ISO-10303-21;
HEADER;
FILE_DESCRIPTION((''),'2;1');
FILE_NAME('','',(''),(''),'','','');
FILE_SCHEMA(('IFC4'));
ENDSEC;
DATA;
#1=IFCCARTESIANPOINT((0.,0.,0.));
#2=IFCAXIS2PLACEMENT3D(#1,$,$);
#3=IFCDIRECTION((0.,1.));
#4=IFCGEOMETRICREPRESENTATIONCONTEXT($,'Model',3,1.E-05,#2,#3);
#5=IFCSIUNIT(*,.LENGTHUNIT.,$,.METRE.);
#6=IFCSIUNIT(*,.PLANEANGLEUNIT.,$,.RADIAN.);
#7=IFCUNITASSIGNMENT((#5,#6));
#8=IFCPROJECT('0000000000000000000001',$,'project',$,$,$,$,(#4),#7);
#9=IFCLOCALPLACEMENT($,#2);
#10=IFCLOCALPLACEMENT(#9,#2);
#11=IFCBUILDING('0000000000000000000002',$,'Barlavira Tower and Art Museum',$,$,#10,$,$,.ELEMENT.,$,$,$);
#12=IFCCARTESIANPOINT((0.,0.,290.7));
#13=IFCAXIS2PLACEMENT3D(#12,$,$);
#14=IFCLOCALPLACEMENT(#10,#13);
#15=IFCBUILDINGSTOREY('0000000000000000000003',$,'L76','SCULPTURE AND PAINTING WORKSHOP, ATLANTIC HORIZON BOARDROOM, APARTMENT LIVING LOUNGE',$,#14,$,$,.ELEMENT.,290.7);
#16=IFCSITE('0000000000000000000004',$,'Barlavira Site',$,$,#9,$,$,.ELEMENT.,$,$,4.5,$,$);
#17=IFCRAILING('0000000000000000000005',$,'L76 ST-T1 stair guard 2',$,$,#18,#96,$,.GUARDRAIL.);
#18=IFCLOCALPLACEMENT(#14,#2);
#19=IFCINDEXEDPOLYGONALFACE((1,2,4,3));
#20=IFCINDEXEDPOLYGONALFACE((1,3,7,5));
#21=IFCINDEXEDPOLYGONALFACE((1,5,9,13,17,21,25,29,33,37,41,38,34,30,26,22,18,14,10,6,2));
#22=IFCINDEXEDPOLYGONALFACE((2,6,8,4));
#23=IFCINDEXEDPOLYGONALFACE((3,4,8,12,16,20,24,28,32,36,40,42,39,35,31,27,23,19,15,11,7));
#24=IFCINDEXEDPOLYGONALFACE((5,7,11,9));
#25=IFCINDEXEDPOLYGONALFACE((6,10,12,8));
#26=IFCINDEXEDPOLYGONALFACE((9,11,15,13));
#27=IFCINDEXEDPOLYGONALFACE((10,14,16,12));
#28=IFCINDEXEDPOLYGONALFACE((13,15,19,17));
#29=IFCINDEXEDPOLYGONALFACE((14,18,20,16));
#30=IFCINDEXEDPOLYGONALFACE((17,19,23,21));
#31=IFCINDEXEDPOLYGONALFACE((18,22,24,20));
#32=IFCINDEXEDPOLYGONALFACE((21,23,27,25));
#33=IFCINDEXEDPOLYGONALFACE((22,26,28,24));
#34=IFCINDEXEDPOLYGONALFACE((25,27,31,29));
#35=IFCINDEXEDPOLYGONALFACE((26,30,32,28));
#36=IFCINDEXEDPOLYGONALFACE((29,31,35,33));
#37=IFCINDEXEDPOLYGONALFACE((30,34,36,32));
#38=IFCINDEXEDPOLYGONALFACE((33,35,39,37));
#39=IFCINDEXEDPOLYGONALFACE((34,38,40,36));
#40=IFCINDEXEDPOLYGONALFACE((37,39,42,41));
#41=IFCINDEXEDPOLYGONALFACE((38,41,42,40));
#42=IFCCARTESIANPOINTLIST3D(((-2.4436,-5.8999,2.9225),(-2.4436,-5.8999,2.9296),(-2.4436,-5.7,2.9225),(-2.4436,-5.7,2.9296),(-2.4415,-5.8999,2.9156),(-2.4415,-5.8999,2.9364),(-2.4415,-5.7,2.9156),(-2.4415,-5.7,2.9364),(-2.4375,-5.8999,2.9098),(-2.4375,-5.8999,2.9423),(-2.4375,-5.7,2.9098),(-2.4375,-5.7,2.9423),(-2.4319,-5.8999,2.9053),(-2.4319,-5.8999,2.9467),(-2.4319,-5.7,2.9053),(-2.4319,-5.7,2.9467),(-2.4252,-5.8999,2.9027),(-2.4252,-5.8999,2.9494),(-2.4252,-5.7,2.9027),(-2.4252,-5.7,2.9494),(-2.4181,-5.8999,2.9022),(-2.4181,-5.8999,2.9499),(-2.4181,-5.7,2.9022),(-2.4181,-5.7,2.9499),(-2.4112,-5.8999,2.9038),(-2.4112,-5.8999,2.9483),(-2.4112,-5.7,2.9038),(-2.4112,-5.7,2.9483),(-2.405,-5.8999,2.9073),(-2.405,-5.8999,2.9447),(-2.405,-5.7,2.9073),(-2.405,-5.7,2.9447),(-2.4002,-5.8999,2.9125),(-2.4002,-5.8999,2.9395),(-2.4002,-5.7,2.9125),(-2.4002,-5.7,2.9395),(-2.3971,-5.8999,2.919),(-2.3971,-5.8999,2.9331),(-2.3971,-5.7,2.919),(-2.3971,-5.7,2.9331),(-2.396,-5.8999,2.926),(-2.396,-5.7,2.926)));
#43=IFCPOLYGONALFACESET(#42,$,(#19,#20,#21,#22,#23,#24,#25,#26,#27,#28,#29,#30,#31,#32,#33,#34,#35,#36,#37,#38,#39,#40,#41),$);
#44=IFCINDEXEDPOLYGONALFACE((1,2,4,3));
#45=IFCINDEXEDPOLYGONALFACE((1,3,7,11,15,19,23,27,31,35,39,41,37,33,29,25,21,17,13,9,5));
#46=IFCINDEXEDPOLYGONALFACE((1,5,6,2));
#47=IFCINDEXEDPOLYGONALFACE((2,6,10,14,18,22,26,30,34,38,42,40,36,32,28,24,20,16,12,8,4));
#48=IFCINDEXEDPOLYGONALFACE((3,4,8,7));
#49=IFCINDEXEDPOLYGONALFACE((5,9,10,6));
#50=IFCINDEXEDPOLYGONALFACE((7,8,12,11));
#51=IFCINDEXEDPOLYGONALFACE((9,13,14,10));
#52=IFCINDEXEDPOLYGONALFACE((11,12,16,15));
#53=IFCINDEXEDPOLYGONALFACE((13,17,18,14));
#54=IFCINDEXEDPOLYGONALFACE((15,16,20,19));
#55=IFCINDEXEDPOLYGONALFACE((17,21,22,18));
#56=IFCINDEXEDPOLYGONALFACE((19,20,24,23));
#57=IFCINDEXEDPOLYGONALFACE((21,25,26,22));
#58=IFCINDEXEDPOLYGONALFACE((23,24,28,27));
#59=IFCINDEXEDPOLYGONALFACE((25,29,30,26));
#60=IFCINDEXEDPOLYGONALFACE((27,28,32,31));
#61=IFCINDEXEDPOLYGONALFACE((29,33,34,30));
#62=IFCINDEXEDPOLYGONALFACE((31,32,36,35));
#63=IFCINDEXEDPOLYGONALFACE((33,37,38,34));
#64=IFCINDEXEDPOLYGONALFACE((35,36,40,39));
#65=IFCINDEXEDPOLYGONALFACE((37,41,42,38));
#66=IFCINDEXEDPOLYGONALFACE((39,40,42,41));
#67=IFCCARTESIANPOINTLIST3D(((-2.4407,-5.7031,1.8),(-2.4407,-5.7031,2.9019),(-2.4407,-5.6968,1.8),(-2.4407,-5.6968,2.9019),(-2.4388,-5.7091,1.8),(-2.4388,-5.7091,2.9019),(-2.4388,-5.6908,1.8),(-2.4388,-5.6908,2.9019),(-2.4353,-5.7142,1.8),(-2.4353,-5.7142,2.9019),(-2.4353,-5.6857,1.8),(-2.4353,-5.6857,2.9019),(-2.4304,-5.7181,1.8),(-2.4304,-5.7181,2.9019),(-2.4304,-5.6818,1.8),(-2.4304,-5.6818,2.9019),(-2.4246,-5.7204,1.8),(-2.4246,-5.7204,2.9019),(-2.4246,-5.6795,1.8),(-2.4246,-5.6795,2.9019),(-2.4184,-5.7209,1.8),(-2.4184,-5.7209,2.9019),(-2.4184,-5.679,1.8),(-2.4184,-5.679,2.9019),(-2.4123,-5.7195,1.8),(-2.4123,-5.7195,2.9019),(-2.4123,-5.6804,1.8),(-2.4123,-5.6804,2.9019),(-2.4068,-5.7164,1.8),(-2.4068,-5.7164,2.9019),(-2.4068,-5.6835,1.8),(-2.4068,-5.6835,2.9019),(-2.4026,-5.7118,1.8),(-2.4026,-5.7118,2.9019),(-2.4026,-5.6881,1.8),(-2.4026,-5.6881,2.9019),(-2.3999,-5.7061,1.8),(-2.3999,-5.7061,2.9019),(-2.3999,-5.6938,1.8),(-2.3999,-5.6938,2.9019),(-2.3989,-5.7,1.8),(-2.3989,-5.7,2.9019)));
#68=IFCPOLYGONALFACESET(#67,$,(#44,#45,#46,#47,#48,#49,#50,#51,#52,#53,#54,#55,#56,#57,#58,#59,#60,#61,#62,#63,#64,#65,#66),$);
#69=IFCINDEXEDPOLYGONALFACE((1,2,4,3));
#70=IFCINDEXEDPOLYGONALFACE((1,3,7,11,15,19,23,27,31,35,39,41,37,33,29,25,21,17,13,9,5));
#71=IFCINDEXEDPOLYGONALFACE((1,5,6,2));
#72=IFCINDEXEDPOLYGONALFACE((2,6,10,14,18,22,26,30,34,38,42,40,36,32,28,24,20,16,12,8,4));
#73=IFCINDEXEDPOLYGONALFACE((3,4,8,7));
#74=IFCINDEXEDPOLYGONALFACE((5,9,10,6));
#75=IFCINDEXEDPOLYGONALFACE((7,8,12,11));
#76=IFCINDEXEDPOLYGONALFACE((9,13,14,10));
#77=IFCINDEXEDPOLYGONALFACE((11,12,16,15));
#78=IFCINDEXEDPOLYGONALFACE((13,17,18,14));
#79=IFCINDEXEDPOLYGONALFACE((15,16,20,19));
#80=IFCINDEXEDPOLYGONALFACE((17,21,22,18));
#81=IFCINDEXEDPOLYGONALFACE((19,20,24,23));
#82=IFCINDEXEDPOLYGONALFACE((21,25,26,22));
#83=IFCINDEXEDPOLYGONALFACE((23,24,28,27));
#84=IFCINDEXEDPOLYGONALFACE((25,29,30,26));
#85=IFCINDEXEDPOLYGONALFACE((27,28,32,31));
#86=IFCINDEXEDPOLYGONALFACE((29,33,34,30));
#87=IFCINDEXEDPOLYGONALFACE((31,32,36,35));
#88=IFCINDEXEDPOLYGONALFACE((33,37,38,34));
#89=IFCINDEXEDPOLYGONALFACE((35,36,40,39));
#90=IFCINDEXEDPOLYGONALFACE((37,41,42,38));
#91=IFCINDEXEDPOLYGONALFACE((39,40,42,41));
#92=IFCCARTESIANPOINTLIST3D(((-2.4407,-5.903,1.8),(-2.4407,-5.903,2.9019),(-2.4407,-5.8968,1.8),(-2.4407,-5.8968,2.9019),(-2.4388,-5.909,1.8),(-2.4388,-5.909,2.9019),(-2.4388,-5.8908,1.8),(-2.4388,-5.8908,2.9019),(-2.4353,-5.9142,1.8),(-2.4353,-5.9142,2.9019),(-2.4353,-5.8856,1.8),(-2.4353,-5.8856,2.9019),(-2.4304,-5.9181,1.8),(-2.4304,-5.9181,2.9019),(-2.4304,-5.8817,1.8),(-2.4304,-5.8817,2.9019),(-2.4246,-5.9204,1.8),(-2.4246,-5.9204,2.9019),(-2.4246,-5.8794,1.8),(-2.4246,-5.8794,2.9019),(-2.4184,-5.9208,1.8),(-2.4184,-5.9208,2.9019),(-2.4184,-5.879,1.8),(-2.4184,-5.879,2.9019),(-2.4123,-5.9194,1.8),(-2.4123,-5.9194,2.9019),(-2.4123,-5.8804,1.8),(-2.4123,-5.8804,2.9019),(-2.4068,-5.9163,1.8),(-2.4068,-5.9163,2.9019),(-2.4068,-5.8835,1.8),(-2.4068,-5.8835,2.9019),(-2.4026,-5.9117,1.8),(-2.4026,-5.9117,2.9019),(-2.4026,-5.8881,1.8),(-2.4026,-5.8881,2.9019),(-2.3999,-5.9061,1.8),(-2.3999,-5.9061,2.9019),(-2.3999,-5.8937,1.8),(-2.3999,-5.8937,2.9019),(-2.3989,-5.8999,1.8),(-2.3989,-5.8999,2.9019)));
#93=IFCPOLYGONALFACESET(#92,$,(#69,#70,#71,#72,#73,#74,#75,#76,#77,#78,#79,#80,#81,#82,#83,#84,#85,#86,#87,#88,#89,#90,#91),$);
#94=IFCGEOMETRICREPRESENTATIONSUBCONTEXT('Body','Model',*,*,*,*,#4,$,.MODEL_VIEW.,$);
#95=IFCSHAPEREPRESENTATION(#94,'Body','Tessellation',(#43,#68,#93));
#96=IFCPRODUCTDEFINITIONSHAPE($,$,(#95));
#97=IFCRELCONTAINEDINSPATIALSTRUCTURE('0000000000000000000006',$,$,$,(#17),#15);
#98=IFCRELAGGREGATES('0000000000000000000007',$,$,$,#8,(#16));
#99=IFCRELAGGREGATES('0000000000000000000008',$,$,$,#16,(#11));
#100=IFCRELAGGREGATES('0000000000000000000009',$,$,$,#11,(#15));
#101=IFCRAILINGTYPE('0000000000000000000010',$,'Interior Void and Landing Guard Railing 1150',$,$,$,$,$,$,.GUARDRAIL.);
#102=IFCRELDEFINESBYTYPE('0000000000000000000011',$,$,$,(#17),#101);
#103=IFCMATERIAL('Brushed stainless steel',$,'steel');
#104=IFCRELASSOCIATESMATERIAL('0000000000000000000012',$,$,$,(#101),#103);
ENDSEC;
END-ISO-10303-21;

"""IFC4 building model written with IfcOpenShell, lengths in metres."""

from ifc_helpers import new_model, si_unit, direction, frame, origin, origin_2d, place, context, subcontext, project, spatial, circle, extrude, material, type_object, element, save


model = new_model("IFC4")

# Units and contexts
model_context = context("Model", 3, precision=1e-05, world=origin(), true_north=direction((0.0, 1.0)))
body_context = subcontext(model_context, "Body", "Model", "MODEL_VIEW")
ifc_project = project(units=[si_unit("LENGTHUNIT", "METRE"), si_unit("PLANEANGLEUNIT", "RADIAN")], contexts=[model_context])

# Site, building, storey
site_placement = place(None, origin())
site = spatial("IfcSite", under=ifc_project, at=site_placement, Name="Barlavira Site", CompositionType="ELEMENT", RefElevation=4.5)
building_placement = place(site_placement, origin())
building = spatial("IfcBuilding", under=site, at=building_placement, Name="Barlavira Tower and Art Museum", CompositionType="ELEMENT")
storey_placement = place(building_placement, frame((0.0, 0.0, 290.7)))
storey = spatial("IfcBuildingStorey", under=building, at=storey_placement, Name="L76", Description="SCULPTURE AND PAINTING WORKSHOP, ATLANTIC HORIZON BOARDROOM, APARTMENT LIVING LOUNGE", CompositionType="ELEMENT", Elevation=290.7)

# Shared definitions
ifc_material_1 = material(Name="Brushed stainless steel", Category="steel")

# Railing
railing_type_1 = type_object("IfcRailingType", Name="Interior Void and Landing Guard Railing 1150", PredefinedType="GUARDRAIL", material=ifc_material_1)
railing_1_placement = place(storey_placement, frame((-2.4199, -5.7, 1.8)))
element("IfcRailing", 1, at=railing_1_placement, inside=storey, type_object=railing_type_1, Name="L76 ST-T1 stair guard 2", PredefinedType="GUARDRAIL", context=body_context, shape_type="SweptSolid", body=[
    extrude(circle(Radius=0.0239, at=origin_2d()), frame((0.0, 0.0, 1.126), z_axis=(0.0, -1.0, 0.0), x_axis=(1.0, 0.0, 0.0)), (0.0, 0.0, 1.0), 0.2),
    extrude(circle(Radius=0.021, at=origin_2d()), origin(), (0.0, 0.0, 1.0), 1.1018),
    extrude(circle(Radius=0.021, at=origin_2d()), frame((0.0, -0.2, 0.0)), (0.0, 0.0, 1.0), 1.1018),
])

save(model, "model.ifc")
